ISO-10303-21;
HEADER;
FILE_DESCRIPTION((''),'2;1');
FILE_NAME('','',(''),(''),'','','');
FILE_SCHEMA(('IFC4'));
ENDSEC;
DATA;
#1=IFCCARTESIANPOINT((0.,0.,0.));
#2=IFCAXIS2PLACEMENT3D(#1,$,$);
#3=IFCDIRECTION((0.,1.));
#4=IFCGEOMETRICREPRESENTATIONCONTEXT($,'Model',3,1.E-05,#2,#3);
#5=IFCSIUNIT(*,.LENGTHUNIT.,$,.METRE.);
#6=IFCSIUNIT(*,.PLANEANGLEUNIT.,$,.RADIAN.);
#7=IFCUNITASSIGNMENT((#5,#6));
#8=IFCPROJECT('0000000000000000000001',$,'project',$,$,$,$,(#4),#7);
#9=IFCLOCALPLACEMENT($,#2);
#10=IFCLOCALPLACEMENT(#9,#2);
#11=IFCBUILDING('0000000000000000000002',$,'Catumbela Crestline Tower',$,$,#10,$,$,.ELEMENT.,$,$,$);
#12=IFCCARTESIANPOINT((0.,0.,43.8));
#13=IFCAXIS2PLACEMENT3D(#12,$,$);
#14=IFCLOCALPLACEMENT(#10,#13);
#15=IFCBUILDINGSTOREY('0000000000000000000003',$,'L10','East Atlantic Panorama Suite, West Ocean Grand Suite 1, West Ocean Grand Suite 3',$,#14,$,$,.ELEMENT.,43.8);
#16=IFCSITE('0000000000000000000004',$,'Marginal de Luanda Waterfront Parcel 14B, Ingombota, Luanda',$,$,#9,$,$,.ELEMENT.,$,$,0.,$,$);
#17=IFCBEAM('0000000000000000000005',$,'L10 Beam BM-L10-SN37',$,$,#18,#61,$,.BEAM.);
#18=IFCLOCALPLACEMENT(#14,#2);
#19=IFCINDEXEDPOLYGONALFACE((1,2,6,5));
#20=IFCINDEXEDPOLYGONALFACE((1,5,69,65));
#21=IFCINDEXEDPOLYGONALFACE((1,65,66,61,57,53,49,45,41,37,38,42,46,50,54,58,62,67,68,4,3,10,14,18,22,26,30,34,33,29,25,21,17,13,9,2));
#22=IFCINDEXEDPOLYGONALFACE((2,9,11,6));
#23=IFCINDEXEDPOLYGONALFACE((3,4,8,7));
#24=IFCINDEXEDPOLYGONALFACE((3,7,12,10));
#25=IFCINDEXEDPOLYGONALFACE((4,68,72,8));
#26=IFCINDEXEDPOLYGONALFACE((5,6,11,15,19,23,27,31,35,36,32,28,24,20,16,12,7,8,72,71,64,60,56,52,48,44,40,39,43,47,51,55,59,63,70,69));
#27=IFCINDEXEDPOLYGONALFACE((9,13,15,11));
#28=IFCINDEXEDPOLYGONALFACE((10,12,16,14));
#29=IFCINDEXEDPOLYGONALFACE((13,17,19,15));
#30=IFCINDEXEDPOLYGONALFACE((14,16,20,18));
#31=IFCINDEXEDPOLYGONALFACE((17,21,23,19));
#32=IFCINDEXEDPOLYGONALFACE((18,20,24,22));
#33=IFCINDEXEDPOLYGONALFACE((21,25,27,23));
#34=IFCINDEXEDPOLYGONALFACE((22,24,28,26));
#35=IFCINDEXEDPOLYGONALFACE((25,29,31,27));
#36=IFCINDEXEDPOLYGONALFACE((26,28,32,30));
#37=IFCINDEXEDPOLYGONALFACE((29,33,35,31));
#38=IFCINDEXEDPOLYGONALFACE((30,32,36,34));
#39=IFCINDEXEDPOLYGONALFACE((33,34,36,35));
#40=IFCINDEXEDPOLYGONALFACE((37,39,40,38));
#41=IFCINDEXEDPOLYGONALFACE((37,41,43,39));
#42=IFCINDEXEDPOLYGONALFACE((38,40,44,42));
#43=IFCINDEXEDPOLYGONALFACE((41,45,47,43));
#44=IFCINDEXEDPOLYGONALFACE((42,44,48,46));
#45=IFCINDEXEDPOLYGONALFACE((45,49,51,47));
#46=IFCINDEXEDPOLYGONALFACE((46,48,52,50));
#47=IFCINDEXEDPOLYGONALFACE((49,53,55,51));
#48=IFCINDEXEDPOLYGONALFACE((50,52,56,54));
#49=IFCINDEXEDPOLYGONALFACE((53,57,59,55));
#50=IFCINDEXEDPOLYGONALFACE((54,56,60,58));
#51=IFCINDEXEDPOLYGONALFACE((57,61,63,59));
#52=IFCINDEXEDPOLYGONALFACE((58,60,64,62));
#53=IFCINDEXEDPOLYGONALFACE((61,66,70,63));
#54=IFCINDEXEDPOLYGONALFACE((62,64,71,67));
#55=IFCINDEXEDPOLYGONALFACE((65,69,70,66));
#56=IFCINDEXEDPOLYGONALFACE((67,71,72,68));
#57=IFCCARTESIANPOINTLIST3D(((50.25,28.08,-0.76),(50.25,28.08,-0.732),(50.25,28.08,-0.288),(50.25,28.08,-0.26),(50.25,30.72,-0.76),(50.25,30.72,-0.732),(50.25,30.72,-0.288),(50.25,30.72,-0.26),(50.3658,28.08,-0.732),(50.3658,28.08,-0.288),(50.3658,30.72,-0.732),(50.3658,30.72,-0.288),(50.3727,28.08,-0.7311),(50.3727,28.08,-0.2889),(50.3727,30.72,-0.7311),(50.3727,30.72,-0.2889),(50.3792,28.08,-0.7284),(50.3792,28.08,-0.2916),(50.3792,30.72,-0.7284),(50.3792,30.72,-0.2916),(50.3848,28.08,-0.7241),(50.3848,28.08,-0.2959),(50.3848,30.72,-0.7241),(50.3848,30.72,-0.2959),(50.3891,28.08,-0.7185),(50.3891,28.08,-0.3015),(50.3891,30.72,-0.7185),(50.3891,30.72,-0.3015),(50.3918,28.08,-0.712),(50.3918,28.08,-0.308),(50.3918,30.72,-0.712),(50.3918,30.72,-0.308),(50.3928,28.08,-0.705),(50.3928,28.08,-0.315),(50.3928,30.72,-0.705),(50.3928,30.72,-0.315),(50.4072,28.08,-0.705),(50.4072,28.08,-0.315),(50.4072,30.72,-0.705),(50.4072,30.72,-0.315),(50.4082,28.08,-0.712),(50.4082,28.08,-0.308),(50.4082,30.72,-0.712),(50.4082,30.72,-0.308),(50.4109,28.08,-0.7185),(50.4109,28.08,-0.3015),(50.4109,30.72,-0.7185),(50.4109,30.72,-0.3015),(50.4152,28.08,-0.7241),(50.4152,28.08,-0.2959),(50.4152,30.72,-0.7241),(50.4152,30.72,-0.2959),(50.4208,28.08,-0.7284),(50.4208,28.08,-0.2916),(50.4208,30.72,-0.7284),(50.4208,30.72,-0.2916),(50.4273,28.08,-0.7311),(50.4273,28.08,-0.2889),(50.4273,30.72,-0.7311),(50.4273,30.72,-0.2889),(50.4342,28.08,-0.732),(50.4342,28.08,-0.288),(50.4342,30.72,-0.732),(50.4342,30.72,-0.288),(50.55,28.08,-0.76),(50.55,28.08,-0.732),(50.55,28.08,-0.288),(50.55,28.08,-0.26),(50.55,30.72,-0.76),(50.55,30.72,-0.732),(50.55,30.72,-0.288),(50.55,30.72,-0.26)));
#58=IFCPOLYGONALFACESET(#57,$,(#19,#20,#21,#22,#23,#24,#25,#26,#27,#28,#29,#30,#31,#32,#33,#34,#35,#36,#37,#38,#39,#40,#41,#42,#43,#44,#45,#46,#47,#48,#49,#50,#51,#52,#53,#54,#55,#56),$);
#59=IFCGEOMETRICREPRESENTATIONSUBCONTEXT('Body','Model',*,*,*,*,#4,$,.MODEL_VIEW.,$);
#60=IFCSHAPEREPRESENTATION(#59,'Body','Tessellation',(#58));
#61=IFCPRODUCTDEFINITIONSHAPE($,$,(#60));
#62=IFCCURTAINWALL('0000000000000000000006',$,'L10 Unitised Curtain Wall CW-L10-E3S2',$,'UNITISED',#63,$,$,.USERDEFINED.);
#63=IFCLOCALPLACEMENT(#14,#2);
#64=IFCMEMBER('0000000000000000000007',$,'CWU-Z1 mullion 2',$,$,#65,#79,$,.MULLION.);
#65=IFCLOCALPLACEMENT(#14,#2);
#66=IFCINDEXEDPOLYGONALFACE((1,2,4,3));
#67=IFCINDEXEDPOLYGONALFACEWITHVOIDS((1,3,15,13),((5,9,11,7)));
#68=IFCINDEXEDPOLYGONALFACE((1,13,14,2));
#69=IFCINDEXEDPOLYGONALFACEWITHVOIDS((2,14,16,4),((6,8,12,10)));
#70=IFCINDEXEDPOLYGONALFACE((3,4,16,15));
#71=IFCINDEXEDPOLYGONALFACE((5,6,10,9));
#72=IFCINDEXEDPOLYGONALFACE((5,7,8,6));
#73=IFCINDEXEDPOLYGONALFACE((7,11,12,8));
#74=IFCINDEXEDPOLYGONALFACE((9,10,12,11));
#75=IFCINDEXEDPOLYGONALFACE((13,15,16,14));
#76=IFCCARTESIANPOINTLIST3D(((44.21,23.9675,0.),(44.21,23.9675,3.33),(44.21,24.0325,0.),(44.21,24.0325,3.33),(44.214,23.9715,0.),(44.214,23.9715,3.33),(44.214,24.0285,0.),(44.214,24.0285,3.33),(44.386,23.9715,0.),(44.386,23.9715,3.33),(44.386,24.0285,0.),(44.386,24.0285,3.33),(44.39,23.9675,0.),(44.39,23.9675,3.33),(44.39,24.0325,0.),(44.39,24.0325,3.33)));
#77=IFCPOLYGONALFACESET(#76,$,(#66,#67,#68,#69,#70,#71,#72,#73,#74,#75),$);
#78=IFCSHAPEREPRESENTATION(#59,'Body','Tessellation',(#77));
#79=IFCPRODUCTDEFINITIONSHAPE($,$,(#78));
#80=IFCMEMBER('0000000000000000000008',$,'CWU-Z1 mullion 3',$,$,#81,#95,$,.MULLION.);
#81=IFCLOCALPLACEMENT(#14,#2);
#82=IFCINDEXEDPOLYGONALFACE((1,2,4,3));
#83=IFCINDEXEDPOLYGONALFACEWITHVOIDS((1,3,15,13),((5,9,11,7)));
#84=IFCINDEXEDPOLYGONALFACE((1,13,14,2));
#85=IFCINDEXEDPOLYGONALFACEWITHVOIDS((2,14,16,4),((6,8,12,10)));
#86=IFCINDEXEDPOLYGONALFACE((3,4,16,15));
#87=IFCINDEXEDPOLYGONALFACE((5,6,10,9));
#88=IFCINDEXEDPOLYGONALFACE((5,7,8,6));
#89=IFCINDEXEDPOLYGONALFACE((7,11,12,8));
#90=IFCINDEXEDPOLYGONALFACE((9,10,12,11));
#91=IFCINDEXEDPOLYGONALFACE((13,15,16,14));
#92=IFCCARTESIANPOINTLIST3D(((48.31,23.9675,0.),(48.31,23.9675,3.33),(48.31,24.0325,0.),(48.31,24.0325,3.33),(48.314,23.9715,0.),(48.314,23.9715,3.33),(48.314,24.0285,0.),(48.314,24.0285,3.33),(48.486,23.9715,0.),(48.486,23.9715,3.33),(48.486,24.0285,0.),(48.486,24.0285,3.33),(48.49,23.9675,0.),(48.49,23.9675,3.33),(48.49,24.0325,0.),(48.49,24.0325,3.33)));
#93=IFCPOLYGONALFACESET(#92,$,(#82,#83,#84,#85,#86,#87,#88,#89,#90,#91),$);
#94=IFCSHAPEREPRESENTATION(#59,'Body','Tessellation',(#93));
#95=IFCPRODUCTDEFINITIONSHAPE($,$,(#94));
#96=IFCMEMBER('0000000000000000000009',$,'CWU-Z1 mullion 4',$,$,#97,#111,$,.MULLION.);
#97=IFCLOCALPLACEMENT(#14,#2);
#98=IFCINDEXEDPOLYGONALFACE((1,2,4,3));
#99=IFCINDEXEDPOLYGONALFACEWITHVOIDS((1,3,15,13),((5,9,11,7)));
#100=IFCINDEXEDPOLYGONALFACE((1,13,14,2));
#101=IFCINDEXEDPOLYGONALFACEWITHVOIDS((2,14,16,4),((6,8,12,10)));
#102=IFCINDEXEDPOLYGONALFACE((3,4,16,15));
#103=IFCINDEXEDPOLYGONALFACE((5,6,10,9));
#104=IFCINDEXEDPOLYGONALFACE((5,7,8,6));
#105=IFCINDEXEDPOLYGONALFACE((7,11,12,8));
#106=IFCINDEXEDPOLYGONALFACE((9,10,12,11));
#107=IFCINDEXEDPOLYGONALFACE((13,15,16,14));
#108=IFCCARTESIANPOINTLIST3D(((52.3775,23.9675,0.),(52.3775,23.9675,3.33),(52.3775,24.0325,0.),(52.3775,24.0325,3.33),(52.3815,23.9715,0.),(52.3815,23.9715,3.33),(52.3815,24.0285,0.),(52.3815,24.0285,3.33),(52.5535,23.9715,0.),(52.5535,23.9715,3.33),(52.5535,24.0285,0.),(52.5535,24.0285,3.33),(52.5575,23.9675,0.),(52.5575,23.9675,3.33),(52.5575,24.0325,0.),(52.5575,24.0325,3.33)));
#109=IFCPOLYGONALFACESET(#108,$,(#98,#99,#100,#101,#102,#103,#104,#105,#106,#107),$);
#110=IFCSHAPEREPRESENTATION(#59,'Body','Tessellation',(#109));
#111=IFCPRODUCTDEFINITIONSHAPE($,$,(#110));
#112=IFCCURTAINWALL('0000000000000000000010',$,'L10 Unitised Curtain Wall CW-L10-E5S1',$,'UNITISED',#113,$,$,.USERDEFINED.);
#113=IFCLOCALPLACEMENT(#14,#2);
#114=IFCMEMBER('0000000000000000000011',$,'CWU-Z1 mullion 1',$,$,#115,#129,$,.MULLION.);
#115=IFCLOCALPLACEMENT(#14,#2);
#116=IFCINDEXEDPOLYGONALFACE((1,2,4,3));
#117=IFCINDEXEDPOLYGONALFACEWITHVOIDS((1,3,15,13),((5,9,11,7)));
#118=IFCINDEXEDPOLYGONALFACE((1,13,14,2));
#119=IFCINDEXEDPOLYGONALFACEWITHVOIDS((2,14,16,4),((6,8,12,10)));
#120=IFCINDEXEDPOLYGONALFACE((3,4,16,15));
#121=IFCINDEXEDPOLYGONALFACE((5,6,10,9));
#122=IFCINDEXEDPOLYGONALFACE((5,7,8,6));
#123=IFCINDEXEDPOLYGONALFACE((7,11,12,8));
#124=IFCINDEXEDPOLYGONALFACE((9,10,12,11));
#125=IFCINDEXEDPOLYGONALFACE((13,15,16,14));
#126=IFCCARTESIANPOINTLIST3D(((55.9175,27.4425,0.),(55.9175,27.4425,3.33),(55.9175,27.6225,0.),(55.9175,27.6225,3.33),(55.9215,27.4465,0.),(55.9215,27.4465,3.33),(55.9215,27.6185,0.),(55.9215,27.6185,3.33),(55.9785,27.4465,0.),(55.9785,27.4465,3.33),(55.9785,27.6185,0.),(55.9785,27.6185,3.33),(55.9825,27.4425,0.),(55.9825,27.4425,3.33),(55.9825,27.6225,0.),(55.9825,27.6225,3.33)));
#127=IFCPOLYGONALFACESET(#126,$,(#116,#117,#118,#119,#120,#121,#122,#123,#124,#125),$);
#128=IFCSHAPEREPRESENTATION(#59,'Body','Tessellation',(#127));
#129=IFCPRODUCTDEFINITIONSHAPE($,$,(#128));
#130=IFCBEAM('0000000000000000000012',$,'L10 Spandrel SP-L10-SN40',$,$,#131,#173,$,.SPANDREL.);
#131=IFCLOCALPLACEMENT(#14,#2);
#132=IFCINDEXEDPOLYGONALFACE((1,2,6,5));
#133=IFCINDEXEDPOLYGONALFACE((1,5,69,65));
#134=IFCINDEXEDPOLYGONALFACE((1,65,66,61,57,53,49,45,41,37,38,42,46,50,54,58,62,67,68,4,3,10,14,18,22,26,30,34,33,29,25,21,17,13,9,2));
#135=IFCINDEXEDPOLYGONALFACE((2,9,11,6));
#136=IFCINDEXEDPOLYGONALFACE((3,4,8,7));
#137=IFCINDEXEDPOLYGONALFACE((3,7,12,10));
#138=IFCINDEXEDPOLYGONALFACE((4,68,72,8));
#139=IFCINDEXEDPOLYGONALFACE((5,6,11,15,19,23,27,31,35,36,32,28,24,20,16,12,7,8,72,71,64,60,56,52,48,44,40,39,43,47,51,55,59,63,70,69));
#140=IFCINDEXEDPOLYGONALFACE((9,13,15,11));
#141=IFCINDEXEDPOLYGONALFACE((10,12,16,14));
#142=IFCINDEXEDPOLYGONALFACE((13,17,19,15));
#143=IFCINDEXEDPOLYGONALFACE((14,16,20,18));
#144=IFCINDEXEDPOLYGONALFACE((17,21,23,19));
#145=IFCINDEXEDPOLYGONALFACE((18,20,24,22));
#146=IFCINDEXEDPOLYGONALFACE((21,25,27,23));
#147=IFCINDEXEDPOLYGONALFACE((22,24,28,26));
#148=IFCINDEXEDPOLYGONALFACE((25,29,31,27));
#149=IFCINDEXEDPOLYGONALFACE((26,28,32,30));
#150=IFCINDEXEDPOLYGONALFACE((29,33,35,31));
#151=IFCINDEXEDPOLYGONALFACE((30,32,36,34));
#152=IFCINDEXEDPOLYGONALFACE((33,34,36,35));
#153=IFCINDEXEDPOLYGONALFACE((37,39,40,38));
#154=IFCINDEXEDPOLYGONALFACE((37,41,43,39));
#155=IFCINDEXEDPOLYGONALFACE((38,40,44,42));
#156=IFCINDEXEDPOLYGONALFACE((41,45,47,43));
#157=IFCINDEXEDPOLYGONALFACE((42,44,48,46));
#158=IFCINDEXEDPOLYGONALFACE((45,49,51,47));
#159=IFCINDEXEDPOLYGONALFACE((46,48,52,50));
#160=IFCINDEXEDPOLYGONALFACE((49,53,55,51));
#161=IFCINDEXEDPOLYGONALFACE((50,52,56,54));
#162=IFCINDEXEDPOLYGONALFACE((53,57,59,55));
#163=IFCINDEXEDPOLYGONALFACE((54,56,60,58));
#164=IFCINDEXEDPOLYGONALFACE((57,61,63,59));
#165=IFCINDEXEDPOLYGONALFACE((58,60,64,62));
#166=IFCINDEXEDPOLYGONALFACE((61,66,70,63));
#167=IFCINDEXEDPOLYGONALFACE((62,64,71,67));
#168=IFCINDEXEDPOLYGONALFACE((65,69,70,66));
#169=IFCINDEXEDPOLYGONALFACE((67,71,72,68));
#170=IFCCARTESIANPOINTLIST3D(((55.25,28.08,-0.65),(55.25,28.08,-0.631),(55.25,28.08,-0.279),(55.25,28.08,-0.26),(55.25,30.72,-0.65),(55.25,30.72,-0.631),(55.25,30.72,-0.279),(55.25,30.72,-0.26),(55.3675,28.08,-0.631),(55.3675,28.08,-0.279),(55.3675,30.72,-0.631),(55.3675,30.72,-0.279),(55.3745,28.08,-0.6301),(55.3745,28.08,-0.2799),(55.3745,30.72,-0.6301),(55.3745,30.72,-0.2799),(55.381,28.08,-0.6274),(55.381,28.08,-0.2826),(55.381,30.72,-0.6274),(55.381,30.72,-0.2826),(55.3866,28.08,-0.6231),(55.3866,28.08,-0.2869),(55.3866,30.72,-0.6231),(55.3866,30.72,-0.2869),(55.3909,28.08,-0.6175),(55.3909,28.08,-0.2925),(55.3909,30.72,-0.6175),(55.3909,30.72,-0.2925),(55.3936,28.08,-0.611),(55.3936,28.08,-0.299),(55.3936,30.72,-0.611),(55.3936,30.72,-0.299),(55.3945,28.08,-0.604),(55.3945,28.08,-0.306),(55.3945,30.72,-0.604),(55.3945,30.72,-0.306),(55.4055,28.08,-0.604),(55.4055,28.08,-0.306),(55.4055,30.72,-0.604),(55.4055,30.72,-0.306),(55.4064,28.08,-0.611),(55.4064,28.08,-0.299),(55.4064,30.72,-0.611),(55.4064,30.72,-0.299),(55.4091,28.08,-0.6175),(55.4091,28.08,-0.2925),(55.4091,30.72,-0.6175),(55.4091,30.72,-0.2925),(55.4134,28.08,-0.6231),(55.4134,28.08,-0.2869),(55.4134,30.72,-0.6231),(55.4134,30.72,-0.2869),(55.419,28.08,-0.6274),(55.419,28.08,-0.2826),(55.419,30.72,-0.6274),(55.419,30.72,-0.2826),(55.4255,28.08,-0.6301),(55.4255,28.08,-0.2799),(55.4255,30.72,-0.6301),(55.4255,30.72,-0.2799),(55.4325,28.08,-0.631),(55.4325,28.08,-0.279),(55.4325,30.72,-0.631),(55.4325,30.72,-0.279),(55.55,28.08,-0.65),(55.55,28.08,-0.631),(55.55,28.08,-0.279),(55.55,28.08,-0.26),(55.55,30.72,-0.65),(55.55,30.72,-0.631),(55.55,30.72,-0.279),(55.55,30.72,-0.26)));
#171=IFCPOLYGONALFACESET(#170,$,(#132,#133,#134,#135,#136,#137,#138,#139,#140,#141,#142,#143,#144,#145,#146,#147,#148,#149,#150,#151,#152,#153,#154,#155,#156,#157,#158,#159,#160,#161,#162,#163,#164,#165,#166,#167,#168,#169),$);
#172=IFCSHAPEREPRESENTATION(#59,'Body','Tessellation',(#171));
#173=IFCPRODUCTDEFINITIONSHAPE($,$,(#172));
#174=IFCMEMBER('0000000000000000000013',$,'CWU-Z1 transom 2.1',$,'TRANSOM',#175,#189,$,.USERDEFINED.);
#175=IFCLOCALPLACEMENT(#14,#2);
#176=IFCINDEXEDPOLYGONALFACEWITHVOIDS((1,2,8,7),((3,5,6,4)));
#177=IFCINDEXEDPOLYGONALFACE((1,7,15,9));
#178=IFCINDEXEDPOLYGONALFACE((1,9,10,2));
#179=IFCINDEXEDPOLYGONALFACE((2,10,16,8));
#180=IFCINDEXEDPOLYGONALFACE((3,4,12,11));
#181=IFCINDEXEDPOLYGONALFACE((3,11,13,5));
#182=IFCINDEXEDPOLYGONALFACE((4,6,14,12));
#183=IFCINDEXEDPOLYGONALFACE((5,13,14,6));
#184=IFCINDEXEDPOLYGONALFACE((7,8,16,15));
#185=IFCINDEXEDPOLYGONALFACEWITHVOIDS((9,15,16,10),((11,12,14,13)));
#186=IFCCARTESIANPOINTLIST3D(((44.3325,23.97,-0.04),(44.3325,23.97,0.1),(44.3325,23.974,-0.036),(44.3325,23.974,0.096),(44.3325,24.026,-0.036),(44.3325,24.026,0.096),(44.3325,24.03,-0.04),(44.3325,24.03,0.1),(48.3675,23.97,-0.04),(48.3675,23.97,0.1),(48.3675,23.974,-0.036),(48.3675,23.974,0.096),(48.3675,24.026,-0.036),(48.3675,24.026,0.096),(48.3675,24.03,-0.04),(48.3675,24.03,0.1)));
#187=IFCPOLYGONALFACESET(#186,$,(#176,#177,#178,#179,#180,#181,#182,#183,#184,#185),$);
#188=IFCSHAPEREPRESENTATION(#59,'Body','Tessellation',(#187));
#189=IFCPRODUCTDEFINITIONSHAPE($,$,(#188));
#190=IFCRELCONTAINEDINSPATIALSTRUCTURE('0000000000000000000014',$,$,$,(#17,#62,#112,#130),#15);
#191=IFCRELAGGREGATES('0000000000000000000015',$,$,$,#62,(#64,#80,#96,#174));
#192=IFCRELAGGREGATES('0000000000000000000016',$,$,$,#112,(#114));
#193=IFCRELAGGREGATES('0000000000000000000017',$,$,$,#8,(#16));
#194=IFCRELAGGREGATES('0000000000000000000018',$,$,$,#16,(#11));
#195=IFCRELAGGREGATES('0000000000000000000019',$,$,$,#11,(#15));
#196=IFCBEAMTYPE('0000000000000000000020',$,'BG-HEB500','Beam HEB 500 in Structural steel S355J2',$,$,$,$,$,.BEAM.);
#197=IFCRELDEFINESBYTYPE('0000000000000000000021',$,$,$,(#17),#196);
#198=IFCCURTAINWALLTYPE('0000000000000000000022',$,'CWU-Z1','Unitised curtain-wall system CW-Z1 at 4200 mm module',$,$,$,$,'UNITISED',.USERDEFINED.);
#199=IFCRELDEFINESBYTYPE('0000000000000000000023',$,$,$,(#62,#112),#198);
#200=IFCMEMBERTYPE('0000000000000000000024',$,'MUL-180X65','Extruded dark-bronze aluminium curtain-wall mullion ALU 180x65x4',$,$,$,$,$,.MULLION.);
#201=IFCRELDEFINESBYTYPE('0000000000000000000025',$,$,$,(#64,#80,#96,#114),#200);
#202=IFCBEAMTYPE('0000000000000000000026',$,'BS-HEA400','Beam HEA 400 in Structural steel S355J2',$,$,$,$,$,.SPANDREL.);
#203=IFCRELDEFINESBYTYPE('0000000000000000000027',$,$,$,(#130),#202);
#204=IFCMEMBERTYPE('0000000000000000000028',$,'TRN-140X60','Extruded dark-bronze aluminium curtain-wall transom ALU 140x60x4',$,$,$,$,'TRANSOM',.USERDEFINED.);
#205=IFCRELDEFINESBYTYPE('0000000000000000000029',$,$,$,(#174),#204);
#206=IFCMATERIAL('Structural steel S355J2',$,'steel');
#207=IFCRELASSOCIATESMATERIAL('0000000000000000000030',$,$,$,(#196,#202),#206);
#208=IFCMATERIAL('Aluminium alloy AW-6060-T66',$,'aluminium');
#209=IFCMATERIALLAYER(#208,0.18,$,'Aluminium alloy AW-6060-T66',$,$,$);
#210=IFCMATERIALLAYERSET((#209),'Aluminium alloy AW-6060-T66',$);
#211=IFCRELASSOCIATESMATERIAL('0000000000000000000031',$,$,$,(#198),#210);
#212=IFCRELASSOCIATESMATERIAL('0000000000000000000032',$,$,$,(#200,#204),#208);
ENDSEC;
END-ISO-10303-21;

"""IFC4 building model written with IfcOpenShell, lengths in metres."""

from ifc_helpers import new_model, si_unit, direction, frame, origin, origin_2d, place, context, subcontext, project, spatial, hollow_rectangle, i_section, extrude, material, layer, layer_set, material_profile, profile_set, type_object, element, aggregate, save


model = new_model("IFC4")

# Units and contexts
model_context = context("Model", 3, precision=1e-05, world=origin(), true_north=direction((0.0, 1.0)))
body_context = subcontext(model_context, "Body", "Model", "MODEL_VIEW")
ifc_project = project(units=[si_unit("LENGTHUNIT", "METRE"), si_unit("PLANEANGLEUNIT", "RADIAN")], contexts=[model_context])

# Site, building, storey
site_placement = place(None, origin())
site = spatial("IfcSite", under=ifc_project, at=site_placement, Name="Marginal de Luanda Waterfront Parcel 14B, Ingombota, Luanda", CompositionType="ELEMENT", RefElevation=0.0)
building_placement = place(site_placement, origin())
building = spatial("IfcBuilding", under=site, at=building_placement, Name="Catumbela Crestline Tower", CompositionType="ELEMENT")
storey_placement = place(building_placement, frame((0.0, 0.0, 43.8)))
storey = spatial("IfcBuildingStorey", under=building, at=storey_placement, Name="L10", Description="East Atlantic Panorama Suite, West Ocean Grand Suite 1, West Ocean Grand Suite 3", CompositionType="ELEMENT", Elevation=43.8)

# Beam
ifc_material_1 = material(Name="Structural steel S355J2", Category="steel")
ifc_material_profile_1 = material_profile(ifc_material_1, i_section(OverallWidth=0.3, OverallDepth=0.5, WebThickness=0.0145, FlangeThickness=0.028, FilletRadius=0.027, at=origin_2d()), Name="HEB 500")
ifc_profile_set_1 = profile_set([ifc_material_profile_1], Name="Structural steel S355J2")
beam_type_1 = type_object("IfcBeamType", Name="BG-HEB500", Description="Beam HEB 500 in Structural steel S355J2", PredefinedType="BEAM", material=ifc_profile_set_1)
beam_1_placement = place(storey_placement, frame((50.4, 28.08, -0.51), z_axis=(0.0, 1.0, 0.0), x_axis=(-1.0, 0.0, 0.0)))
element("IfcBeam", 1, at=beam_1_placement, inside=storey, type_object=beam_type_1, Name="L10 Beam BM-L10-SN37", PredefinedType="BEAM", context=body_context, shape_type="SweptSolid", body=[
    extrude(i_section(OverallWidth=0.3, OverallDepth=0.5, WebThickness=0.0145, FlangeThickness=0.028, FilletRadius=0.027, at=origin_2d()), origin(), (0.0, 0.0, 1.0), 2.64),
])

# Curtain wall, members
ifc_material_2 = material(Name="Aluminium alloy AW-6060-T66", Category="aluminium")
ifc_layer_1 = layer(ifc_material_2, 0.18, Name="Aluminium alloy AW-6060-T66")
ifc_layer_set_1 = layer_set([ifc_layer_1], Name="Aluminium alloy AW-6060-T66")
curtain_wall_type = type_object("IfcCurtainWallType", Name="CWU-Z1", Description="Unitised curtain-wall system CW-Z1 at 4200 mm module", ElementType="UNITISED", PredefinedType="USERDEFINED", material=ifc_layer_set_1)
curtain_wall_1_placement = place(storey_placement, origin())
curtain_wall_1 = element("IfcCurtainWall", 2, at=curtain_wall_1_placement, inside=storey, type_object=curtain_wall_type, Name="L10 Unitised Curtain Wall CW-L10-E3S2", ObjectType="UNITISED", PredefinedType="USERDEFINED")
ifc_material_profile_2 = material_profile(ifc_material_2, hollow_rectangle(XDim=0.065, YDim=0.18, WallThickness=0.004, at=origin_2d()), Name="ALU 180x65x4")
ifc_profile_set_2 = profile_set([ifc_material_profile_2], Name="Aluminium alloy AW-6060-T66")
member_type_1 = type_object("IfcMemberType", Name="MUL-180X65", Description="Extruded dark-bronze aluminium curtain-wall mullion ALU 180x65x4", PredefinedType="MULLION", material=ifc_profile_set_2)
member_1_placement = place(storey_placement, frame((44.3, 24.0, 0.0), z_axis=(0.0, 0.0, 1.0), x_axis=(0.0, 1.0, 0.0)))
member_1 = element("IfcMember", 3, at=member_1_placement, type_object=member_type_1, Name="CWU-Z1 mullion 2", PredefinedType="MULLION", context=body_context, shape_type="SweptSolid", body=[
    extrude(hollow_rectangle(XDim=0.065, YDim=0.18, WallThickness=0.004, at=origin_2d()), origin(), (0.0, 0.0, 1.0), 3.33),
])
member_2_placement = place(storey_placement, frame((48.4, 24.0, 0.0), z_axis=(0.0, 0.0, 1.0), x_axis=(0.0, 1.0, 0.0)))
member_2 = element("IfcMember", 4, at=member_2_placement, type_object=member_type_1, Name="CWU-Z1 mullion 3", PredefinedType="MULLION", context=body_context, shape_type="SweptSolid", body=[
    extrude(hollow_rectangle(XDim=0.065, YDim=0.18, WallThickness=0.004, at=origin_2d()), origin(), (0.0, 0.0, 1.0), 3.33),
])
member_3_placement = place(storey_placement, frame((52.4675, 24.0, 0.0), z_axis=(0.0, 0.0, 1.0), x_axis=(0.0, 1.0, 0.0)))
member_3 = element("IfcMember", 5, at=member_3_placement, type_object=member_type_1, Name="CWU-Z1 mullion 4", PredefinedType="MULLION", context=body_context, shape_type="SweptSolid", body=[
    extrude(hollow_rectangle(XDim=0.065, YDim=0.18, WallThickness=0.004, at=origin_2d()), origin(), (0.0, 0.0, 1.0), 3.33),
])

# Curtain wall, member
curtain_wall_2_placement = place(storey_placement, origin())
curtain_wall_2 = element("IfcCurtainWall", 6, at=curtain_wall_2_placement, inside=storey, type_object=curtain_wall_type, Name="L10 Unitised Curtain Wall CW-L10-E5S1", ObjectType="UNITISED", PredefinedType="USERDEFINED")
member_4_placement = place(storey_placement, frame((55.95, 27.5325, 0.0), z_axis=(0.0, 0.0, 1.0), x_axis=(-1.0, 0.0, 0.0)))
member_4 = element("IfcMember", 7, at=member_4_placement, type_object=member_type_1, Name="CWU-Z1 mullion 1", PredefinedType="MULLION", context=body_context, shape_type="SweptSolid", body=[
    extrude(hollow_rectangle(XDim=0.065, YDim=0.18, WallThickness=0.004, at=origin_2d()), origin(), (0.0, 0.0, 1.0), 3.33),
])

# Beam
ifc_material_profile_3 = material_profile(ifc_material_1, i_section(OverallWidth=0.3, OverallDepth=0.39, WebThickness=0.011, FlangeThickness=0.019, FilletRadius=0.027, at=origin_2d()), Name="HEA 400")
ifc_profile_set_3 = profile_set([ifc_material_profile_3], Name="Structural steel S355J2")
beam_type_2 = type_object("IfcBeamType", Name="BS-HEA400", Description="Beam HEA 400 in Structural steel S355J2", PredefinedType="SPANDREL", material=ifc_profile_set_3)
beam_2_placement = place(storey_placement, frame((55.4, 28.08, -0.455), z_axis=(0.0, 1.0, 0.0), x_axis=(-1.0, 0.0, 0.0)))
element("IfcBeam", 8, at=beam_2_placement, inside=storey, type_object=beam_type_2, Name="L10 Spandrel SP-L10-SN40", PredefinedType="SPANDREL", context=body_context, shape_type="SweptSolid", body=[
    extrude(i_section(OverallWidth=0.3, OverallDepth=0.39, WebThickness=0.011, FlangeThickness=0.019, FilletRadius=0.027, at=origin_2d()), origin(), (0.0, 0.0, 1.0), 2.64),
])

# Member
ifc_material_profile_4 = material_profile(ifc_material_2, hollow_rectangle(XDim=0.06, YDim=0.14, WallThickness=0.004, at=origin_2d()), Name="ALU 140x60x4")
ifc_profile_set_4 = profile_set([ifc_material_profile_4], Name="Aluminium alloy AW-6060-T66")
member_type_2 = type_object("IfcMemberType", Name="TRN-140X60", Description="Extruded dark-bronze aluminium curtain-wall transom ALU 140x60x4", ElementType="TRANSOM", PredefinedType="USERDEFINED", material=ifc_profile_set_4)
member_5_placement = place(storey_placement, frame((44.3325, 24.0, 0.03), z_axis=(1.0, 0.0, 0.0), x_axis=(0.0, 1.0, 0.0)))
member_5 = element("IfcMember", 9, at=member_5_placement, type_object=member_type_2, Name="CWU-Z1 transom 2.1", ObjectType="TRANSOM", PredefinedType="USERDEFINED", context=body_context, shape_type="SweptSolid", body=[
    extrude(hollow_rectangle(XDim=0.06, YDim=0.14, WallThickness=0.004, at=origin_2d()), origin(), (0.0, 0.0, 1.0), 4.035),
])

aggregate(curtain_wall_1, [member_1, member_2, member_3, member_5])
aggregate(curtain_wall_2, [member_4])

save(model, "model.ifc")
